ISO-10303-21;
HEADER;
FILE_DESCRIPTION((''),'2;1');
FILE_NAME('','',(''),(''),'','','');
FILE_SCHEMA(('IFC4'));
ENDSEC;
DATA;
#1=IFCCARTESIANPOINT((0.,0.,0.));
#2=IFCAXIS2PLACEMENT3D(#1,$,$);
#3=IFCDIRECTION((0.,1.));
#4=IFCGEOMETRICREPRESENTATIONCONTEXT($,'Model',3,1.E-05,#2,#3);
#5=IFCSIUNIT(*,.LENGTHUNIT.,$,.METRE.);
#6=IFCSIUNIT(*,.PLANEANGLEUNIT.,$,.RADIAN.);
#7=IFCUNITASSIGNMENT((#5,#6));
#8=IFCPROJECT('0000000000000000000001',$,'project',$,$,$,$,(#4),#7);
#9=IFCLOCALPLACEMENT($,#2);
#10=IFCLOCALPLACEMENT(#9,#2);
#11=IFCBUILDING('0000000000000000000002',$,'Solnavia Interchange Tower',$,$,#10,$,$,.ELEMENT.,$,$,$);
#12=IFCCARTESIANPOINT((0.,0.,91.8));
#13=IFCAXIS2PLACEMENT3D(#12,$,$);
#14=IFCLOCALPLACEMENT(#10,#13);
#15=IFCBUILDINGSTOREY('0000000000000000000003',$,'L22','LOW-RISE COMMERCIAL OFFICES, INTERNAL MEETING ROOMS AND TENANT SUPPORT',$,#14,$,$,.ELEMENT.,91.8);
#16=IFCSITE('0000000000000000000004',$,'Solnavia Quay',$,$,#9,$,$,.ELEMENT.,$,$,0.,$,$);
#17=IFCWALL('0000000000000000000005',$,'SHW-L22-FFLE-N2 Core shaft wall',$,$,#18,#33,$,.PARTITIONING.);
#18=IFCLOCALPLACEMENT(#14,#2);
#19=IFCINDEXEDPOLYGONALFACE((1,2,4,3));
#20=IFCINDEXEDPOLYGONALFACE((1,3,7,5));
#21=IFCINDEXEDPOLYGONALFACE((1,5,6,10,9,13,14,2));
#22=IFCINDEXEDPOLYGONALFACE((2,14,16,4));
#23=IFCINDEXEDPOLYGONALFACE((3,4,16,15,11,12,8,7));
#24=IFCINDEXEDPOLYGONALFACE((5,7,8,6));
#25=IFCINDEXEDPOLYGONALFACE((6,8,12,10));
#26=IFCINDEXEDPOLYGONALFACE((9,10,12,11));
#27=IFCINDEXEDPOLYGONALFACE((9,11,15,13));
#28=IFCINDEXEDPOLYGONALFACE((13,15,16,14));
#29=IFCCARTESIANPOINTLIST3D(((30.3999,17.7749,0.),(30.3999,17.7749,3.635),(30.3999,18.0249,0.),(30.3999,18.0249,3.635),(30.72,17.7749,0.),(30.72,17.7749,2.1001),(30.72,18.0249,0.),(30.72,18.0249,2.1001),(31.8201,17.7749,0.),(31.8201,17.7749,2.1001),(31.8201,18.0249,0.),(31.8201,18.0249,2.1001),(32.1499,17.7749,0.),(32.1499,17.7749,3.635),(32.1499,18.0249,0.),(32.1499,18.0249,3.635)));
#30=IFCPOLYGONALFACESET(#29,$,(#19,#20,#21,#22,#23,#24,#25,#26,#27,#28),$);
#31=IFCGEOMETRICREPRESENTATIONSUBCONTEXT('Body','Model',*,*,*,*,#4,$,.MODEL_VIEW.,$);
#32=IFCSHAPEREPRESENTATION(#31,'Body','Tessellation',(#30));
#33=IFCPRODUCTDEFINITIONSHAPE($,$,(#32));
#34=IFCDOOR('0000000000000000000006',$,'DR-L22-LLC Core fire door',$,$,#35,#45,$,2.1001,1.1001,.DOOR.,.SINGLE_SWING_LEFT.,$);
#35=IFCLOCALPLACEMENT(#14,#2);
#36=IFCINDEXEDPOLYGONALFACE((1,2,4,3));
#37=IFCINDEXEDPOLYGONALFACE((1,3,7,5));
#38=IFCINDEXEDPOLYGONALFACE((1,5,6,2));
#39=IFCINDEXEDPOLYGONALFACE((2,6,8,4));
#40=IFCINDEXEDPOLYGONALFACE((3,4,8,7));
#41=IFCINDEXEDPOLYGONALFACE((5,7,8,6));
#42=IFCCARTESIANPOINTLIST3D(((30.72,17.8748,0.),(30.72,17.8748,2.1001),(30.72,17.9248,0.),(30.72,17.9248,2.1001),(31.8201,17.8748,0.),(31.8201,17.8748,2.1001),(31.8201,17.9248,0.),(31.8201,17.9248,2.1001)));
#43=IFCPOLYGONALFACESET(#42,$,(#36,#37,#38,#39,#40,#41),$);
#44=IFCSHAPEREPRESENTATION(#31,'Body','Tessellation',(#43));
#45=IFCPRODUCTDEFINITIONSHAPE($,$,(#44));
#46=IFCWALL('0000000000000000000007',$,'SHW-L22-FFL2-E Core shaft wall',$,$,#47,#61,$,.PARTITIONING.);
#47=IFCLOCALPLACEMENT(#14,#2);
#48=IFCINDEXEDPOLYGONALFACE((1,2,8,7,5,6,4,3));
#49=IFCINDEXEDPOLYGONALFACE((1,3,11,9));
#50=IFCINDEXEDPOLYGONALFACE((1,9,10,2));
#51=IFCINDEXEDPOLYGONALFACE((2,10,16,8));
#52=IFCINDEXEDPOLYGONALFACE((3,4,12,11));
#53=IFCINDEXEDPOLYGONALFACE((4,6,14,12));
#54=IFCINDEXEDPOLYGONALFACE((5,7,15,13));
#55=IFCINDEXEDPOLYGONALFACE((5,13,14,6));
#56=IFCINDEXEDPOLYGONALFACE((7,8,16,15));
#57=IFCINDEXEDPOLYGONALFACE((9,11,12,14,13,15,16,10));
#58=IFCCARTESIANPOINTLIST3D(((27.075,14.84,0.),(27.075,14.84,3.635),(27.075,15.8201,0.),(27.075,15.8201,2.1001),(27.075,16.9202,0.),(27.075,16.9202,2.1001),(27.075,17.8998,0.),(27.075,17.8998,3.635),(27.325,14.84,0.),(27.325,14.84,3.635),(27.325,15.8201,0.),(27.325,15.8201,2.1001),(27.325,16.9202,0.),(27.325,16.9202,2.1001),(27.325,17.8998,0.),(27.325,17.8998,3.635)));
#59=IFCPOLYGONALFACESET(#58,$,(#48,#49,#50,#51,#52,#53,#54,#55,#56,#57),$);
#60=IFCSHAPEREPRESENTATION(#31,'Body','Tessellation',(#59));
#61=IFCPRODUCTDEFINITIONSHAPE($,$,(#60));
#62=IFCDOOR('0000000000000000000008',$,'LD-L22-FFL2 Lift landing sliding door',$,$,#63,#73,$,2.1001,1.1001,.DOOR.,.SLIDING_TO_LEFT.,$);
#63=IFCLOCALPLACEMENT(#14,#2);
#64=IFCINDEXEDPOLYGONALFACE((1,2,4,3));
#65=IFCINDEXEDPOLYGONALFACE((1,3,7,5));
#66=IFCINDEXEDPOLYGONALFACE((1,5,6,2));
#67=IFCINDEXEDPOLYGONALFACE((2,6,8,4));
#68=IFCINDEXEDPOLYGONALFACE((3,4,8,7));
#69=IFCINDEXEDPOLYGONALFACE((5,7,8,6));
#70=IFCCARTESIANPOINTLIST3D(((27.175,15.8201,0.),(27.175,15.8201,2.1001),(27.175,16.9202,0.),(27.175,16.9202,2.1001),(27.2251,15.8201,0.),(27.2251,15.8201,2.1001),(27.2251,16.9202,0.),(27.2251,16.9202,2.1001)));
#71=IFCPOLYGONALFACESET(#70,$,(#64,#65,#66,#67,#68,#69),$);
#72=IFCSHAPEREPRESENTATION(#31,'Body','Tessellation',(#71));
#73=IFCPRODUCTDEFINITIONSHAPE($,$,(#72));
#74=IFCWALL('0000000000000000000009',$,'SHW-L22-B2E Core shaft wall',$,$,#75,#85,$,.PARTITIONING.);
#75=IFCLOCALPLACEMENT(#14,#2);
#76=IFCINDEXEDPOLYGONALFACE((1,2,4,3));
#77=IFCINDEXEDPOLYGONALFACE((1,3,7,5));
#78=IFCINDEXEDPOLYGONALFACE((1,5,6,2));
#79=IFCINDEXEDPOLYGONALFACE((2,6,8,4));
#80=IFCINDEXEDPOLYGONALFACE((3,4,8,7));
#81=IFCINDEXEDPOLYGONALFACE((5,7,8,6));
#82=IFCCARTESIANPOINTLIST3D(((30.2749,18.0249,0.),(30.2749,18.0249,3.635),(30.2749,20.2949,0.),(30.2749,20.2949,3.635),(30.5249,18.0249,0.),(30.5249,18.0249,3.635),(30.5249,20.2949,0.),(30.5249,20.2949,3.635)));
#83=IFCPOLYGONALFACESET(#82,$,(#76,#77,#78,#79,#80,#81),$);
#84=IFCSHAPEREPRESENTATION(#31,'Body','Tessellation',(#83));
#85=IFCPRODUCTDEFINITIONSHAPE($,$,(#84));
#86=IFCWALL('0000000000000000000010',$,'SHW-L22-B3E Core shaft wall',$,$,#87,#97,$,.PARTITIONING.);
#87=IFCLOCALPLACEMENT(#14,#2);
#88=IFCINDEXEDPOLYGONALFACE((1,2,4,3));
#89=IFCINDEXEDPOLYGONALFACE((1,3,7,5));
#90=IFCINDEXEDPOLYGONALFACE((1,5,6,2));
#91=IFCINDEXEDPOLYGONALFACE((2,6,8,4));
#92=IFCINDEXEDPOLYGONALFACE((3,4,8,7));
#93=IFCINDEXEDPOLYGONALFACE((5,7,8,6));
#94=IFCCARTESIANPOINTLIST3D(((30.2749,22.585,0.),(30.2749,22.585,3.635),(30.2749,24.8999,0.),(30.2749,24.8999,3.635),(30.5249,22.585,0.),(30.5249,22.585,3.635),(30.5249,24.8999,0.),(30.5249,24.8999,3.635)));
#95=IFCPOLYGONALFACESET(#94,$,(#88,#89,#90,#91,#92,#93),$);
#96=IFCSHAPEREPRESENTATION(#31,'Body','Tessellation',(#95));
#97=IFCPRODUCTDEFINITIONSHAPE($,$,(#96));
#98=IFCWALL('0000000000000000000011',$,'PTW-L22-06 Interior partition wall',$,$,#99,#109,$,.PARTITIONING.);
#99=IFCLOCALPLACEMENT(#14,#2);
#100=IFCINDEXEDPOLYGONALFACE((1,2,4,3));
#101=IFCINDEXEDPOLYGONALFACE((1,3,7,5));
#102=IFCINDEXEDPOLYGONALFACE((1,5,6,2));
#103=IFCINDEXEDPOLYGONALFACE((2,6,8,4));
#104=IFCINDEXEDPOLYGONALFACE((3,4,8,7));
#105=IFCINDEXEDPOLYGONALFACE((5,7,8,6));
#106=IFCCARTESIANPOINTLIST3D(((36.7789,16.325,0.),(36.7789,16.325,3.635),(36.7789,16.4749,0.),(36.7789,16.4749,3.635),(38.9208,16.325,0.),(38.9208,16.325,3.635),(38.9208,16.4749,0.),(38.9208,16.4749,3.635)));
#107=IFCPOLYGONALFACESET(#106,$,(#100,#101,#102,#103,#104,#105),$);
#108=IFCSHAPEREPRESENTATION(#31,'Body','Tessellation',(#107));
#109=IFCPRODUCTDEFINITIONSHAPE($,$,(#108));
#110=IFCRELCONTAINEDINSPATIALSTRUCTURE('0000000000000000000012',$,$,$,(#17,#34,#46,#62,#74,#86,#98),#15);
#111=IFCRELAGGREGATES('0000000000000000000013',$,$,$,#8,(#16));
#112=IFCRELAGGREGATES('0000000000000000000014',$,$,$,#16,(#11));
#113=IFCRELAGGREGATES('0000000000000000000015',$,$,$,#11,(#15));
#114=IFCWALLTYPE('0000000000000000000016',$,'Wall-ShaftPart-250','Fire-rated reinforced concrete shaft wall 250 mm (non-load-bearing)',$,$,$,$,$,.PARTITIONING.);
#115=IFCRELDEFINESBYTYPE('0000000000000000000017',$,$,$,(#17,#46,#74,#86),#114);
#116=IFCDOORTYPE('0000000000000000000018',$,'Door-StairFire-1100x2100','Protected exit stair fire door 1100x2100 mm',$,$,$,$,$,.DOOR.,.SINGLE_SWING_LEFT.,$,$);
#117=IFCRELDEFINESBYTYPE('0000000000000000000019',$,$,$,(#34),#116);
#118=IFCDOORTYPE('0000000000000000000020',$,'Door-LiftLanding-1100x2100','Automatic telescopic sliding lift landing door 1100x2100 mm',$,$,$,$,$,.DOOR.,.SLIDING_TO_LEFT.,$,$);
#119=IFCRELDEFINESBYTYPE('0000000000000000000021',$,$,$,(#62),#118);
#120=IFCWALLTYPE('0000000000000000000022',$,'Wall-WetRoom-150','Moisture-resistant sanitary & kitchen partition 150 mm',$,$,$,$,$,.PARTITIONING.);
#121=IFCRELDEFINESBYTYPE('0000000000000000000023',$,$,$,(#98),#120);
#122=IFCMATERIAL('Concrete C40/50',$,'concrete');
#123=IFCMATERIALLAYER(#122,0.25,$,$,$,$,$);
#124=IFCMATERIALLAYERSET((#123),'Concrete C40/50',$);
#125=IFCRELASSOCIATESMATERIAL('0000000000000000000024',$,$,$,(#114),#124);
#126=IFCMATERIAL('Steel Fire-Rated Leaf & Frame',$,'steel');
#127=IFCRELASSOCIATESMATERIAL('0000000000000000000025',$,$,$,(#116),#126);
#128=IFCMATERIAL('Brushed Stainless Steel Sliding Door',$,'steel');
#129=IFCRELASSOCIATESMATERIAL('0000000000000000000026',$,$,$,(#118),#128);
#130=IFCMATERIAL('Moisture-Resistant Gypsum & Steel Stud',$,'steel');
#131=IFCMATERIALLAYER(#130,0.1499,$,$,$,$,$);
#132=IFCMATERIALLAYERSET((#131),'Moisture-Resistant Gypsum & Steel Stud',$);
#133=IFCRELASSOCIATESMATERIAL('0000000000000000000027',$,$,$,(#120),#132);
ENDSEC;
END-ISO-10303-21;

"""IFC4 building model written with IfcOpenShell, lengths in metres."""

from ifc_helpers import new_model, si_unit, direction, frame, frame_2d, origin, place, context, subcontext, project, spatial, rectangle, extrude, material, layer, layer_set, type_object, element, fill, save


model = new_model("IFC4")

# Units and contexts
model_context = context("Model", 3, precision=1e-05, world=origin(), true_north=direction((0.0, 1.0)))
body_context = subcontext(model_context, "Body", "Model", "MODEL_VIEW")
ifc_project = project(units=[si_unit("LENGTHUNIT", "METRE"), si_unit("PLANEANGLEUNIT", "RADIAN")], contexts=[model_context])

# Site, building, storey
site_placement = place(None, origin())
site = spatial("IfcSite", under=ifc_project, at=site_placement, Name="Solnavia Quay", CompositionType="ELEMENT", RefElevation=0.0)
building_placement = place(site_placement, origin())
building = spatial("IfcBuilding", under=site, at=building_placement, Name="Solnavia Interchange Tower", CompositionType="ELEMENT")
storey_placement = place(building_placement, frame((0.0, 0.0, 91.8)))
storey = spatial("IfcBuildingStorey", under=building, at=storey_placement, Name="L22", Description="LOW-RISE COMMERCIAL OFFICES, INTERNAL MEETING ROOMS AND TENANT SUPPORT", CompositionType="ELEMENT", Elevation=91.8)

# Shared definitions
ifc_material_1 = material(Name="Concrete C40/50", Category="concrete")

# Walls, openings, doors
ifc_layer_1 = layer(ifc_material_1, 0.25)
ifc_layer_set_1 = layer_set([ifc_layer_1], Name="Concrete C40/50")
wall_type_1 = type_object("IfcWallType", Name="Wall-ShaftPart-250", Description="Fire-rated reinforced concrete shaft wall 250 mm (non-load-bearing)", PredefinedType="PARTITIONING", material=ifc_layer_set_1)
wall_1_placement = place(storey_placement, frame((30.3999, 17.8999, 0.0), z_axis=(0.0, 0.0, 1.0), x_axis=(1.0, 0.0, 0.0)))
wall_1 = element("IfcWall", 1, at=wall_1_placement, inside=storey, type_object=wall_type_1, Name="SHW-L22-FFLE-N2 Core shaft wall", PredefinedType="PARTITIONING", context=body_context, shape_type="SweptSolid", body=[
    extrude(rectangle(XDim=1.75, YDim=0.25, at=frame_2d((0.875, 0.0))), origin(), (0.0, 0.0, 1.0), 3.635),
])
opening_1_placement = place(wall_1_placement, frame((0.3201, 0.0, 0.0)))
opening_1 = element("IfcOpeningElement", 2, at=opening_1_placement, cuts=wall_1, PredefinedType="OPENING", context=body_context, shape_type="SweptSolid", body=[
    extrude(rectangle(XDim=1.1001, YDim=2.1001, at=frame_2d((0.55, 1.05))), frame((0.0, 0.135, 0.0), z_axis=(0.0, -1.0, 0.0), x_axis=(1.0, 0.0, 0.0)), (0.0, 0.0, 1.0), 0.27),
])
ifc_material_2 = material(Name="Steel Fire-Rated Leaf & Frame", Category="steel")
door_type_1 = type_object("IfcDoorType", Name="Door-StairFire-1100x2100", Description="Protected exit stair fire door 1100x2100 mm", OperationType="SINGLE_SWING_LEFT", PredefinedType="DOOR", material=ifc_material_2)
door_1_placement = place(opening_1_placement, origin())
door_1 = element("IfcDoor", 3, at=door_1_placement, inside=storey, type_object=door_type_1, Name="DR-L22-LLC Core fire door", OperationType="SINGLE_SWING_LEFT", OverallHeight=2.1001, OverallWidth=1.1001, PredefinedType="DOOR", context=body_context, shape_type="SweptSolid", body=[
    extrude(rectangle(XDim=1.1001, YDim=2.1001, at=frame_2d((0.55, 1.05))), frame((0.0, 0.0249, 0.0), z_axis=(0.0, -1.0, 0.0), x_axis=(1.0, 0.0, 0.0)), (0.0, 0.0, 1.0), 0.05),
])
fill(opening_1, door_1)
wall_2_placement = place(storey_placement, frame((27.2, 14.8401, 0.0), z_axis=(0.0, 0.0, 1.0), x_axis=(0.0, 1.0, 0.0)))
wall_2 = element("IfcWall", 4, at=wall_2_placement, inside=storey, type_object=wall_type_1, Name="SHW-L22-FFL2-E Core shaft wall", PredefinedType="PARTITIONING", context=body_context, shape_type="SweptSolid", body=[
    extrude(rectangle(XDim=3.0598, YDim=0.25, at=frame_2d((1.5298, 0.0))), origin(), (0.0, 0.0, 1.0), 3.635),
])
opening_2_placement = place(wall_2_placement, frame((0.98, 0.0, 0.0)))
opening_2 = element("IfcOpeningElement", 5, at=opening_2_placement, cuts=wall_2, PredefinedType="OPENING", context=body_context, shape_type="SweptSolid", body=[
    extrude(rectangle(XDim=1.1001, YDim=2.1001, at=frame_2d((0.55, 1.05))), frame((0.0, 0.135, 0.0), z_axis=(0.0, -1.0, 0.0), x_axis=(1.0, 0.0, 0.0)), (0.0, 0.0, 1.0), 0.27),
])
ifc_material_3 = material(Name="Brushed Stainless Steel Sliding Door", Category="steel")
door_type_2 = type_object("IfcDoorType", Name="Door-LiftLanding-1100x2100", Description="Automatic telescopic sliding lift landing door 1100x2100 mm", OperationType="SLIDING_TO_LEFT", PredefinedType="DOOR", material=ifc_material_3)
door_2_placement = place(opening_2_placement, origin())
door_2 = element("IfcDoor", 6, at=door_2_placement, inside=storey, type_object=door_type_2, Name="LD-L22-FFL2 Lift landing sliding door", OperationType="SLIDING_TO_LEFT", OverallHeight=2.1001, OverallWidth=1.1001, PredefinedType="DOOR", context=body_context, shape_type="SweptSolid", body=[
    extrude(rectangle(XDim=1.1001, YDim=2.1001, at=frame_2d((0.55, 1.05))), frame((0.0, 0.0249, 0.0), z_axis=(0.0, -1.0, 0.0), x_axis=(1.0, 0.0, 0.0)), (0.0, 0.0, 1.0), 0.05),
])
fill(opening_2, door_2)

# Walls
wall_3_placement = place(storey_placement, frame((30.3999, 18.0249, 0.0), z_axis=(0.0, 0.0, 1.0), x_axis=(0.0, 1.0, 0.0)))
element("IfcWall", 7, at=wall_3_placement, inside=storey, type_object=wall_type_1, Name="SHW-L22-B2E Core shaft wall", PredefinedType="PARTITIONING", context=body_context, shape_type="SweptSolid", body=[
    extrude(rectangle(XDim=2.27, YDim=0.25, at=frame_2d((1.135, 0.0))), origin(), (0.0, 0.0, 1.0), 3.635),
])
wall_4_placement = place(storey_placement, frame((30.3999, 22.585, 0.0), z_axis=(0.0, 0.0, 1.0), x_axis=(0.0, 1.0, 0.0)))
element("IfcWall", 8, at=wall_4_placement, inside=storey, type_object=wall_type_1, Name="SHW-L22-B3E Core shaft wall", PredefinedType="PARTITIONING", context=body_context, shape_type="SweptSolid", body=[
    extrude(rectangle(XDim=2.3149, YDim=0.25, at=frame_2d((1.1575, 0.0))), origin(), (0.0, 0.0, 1.0), 3.635),
])
ifc_material_4 = material(Name="Moisture-Resistant Gypsum & Steel Stud", Category="steel")
ifc_layer_2 = layer(ifc_material_4, 0.1499)
ifc_layer_set_2 = layer_set([ifc_layer_2], Name="Moisture-Resistant Gypsum & Steel Stud")
wall_type_2 = type_object("IfcWallType", Name="Wall-WetRoom-150", Description="Moisture-resistant sanitary & kitchen partition 150 mm", PredefinedType="PARTITIONING", material=ifc_layer_set_2)
wall_5_placement = place(storey_placement, frame((36.7791, 16.3999, 0.0), z_axis=(0.0, 0.0, 1.0), x_axis=(1.0, 0.0, 0.0)))
element("IfcWall", 9, at=wall_5_placement, inside=storey, type_object=wall_type_2, Name="PTW-L22-06 Interior partition wall", PredefinedType="PARTITIONING", context=body_context, shape_type="SweptSolid", body=[
    extrude(rectangle(XDim=2.1418, YDim=0.1499, at=frame_2d((1.0708, 0.0))), origin(), (0.0, 0.0, 1.0), 3.635),
])

save(model, "model.ifc")
